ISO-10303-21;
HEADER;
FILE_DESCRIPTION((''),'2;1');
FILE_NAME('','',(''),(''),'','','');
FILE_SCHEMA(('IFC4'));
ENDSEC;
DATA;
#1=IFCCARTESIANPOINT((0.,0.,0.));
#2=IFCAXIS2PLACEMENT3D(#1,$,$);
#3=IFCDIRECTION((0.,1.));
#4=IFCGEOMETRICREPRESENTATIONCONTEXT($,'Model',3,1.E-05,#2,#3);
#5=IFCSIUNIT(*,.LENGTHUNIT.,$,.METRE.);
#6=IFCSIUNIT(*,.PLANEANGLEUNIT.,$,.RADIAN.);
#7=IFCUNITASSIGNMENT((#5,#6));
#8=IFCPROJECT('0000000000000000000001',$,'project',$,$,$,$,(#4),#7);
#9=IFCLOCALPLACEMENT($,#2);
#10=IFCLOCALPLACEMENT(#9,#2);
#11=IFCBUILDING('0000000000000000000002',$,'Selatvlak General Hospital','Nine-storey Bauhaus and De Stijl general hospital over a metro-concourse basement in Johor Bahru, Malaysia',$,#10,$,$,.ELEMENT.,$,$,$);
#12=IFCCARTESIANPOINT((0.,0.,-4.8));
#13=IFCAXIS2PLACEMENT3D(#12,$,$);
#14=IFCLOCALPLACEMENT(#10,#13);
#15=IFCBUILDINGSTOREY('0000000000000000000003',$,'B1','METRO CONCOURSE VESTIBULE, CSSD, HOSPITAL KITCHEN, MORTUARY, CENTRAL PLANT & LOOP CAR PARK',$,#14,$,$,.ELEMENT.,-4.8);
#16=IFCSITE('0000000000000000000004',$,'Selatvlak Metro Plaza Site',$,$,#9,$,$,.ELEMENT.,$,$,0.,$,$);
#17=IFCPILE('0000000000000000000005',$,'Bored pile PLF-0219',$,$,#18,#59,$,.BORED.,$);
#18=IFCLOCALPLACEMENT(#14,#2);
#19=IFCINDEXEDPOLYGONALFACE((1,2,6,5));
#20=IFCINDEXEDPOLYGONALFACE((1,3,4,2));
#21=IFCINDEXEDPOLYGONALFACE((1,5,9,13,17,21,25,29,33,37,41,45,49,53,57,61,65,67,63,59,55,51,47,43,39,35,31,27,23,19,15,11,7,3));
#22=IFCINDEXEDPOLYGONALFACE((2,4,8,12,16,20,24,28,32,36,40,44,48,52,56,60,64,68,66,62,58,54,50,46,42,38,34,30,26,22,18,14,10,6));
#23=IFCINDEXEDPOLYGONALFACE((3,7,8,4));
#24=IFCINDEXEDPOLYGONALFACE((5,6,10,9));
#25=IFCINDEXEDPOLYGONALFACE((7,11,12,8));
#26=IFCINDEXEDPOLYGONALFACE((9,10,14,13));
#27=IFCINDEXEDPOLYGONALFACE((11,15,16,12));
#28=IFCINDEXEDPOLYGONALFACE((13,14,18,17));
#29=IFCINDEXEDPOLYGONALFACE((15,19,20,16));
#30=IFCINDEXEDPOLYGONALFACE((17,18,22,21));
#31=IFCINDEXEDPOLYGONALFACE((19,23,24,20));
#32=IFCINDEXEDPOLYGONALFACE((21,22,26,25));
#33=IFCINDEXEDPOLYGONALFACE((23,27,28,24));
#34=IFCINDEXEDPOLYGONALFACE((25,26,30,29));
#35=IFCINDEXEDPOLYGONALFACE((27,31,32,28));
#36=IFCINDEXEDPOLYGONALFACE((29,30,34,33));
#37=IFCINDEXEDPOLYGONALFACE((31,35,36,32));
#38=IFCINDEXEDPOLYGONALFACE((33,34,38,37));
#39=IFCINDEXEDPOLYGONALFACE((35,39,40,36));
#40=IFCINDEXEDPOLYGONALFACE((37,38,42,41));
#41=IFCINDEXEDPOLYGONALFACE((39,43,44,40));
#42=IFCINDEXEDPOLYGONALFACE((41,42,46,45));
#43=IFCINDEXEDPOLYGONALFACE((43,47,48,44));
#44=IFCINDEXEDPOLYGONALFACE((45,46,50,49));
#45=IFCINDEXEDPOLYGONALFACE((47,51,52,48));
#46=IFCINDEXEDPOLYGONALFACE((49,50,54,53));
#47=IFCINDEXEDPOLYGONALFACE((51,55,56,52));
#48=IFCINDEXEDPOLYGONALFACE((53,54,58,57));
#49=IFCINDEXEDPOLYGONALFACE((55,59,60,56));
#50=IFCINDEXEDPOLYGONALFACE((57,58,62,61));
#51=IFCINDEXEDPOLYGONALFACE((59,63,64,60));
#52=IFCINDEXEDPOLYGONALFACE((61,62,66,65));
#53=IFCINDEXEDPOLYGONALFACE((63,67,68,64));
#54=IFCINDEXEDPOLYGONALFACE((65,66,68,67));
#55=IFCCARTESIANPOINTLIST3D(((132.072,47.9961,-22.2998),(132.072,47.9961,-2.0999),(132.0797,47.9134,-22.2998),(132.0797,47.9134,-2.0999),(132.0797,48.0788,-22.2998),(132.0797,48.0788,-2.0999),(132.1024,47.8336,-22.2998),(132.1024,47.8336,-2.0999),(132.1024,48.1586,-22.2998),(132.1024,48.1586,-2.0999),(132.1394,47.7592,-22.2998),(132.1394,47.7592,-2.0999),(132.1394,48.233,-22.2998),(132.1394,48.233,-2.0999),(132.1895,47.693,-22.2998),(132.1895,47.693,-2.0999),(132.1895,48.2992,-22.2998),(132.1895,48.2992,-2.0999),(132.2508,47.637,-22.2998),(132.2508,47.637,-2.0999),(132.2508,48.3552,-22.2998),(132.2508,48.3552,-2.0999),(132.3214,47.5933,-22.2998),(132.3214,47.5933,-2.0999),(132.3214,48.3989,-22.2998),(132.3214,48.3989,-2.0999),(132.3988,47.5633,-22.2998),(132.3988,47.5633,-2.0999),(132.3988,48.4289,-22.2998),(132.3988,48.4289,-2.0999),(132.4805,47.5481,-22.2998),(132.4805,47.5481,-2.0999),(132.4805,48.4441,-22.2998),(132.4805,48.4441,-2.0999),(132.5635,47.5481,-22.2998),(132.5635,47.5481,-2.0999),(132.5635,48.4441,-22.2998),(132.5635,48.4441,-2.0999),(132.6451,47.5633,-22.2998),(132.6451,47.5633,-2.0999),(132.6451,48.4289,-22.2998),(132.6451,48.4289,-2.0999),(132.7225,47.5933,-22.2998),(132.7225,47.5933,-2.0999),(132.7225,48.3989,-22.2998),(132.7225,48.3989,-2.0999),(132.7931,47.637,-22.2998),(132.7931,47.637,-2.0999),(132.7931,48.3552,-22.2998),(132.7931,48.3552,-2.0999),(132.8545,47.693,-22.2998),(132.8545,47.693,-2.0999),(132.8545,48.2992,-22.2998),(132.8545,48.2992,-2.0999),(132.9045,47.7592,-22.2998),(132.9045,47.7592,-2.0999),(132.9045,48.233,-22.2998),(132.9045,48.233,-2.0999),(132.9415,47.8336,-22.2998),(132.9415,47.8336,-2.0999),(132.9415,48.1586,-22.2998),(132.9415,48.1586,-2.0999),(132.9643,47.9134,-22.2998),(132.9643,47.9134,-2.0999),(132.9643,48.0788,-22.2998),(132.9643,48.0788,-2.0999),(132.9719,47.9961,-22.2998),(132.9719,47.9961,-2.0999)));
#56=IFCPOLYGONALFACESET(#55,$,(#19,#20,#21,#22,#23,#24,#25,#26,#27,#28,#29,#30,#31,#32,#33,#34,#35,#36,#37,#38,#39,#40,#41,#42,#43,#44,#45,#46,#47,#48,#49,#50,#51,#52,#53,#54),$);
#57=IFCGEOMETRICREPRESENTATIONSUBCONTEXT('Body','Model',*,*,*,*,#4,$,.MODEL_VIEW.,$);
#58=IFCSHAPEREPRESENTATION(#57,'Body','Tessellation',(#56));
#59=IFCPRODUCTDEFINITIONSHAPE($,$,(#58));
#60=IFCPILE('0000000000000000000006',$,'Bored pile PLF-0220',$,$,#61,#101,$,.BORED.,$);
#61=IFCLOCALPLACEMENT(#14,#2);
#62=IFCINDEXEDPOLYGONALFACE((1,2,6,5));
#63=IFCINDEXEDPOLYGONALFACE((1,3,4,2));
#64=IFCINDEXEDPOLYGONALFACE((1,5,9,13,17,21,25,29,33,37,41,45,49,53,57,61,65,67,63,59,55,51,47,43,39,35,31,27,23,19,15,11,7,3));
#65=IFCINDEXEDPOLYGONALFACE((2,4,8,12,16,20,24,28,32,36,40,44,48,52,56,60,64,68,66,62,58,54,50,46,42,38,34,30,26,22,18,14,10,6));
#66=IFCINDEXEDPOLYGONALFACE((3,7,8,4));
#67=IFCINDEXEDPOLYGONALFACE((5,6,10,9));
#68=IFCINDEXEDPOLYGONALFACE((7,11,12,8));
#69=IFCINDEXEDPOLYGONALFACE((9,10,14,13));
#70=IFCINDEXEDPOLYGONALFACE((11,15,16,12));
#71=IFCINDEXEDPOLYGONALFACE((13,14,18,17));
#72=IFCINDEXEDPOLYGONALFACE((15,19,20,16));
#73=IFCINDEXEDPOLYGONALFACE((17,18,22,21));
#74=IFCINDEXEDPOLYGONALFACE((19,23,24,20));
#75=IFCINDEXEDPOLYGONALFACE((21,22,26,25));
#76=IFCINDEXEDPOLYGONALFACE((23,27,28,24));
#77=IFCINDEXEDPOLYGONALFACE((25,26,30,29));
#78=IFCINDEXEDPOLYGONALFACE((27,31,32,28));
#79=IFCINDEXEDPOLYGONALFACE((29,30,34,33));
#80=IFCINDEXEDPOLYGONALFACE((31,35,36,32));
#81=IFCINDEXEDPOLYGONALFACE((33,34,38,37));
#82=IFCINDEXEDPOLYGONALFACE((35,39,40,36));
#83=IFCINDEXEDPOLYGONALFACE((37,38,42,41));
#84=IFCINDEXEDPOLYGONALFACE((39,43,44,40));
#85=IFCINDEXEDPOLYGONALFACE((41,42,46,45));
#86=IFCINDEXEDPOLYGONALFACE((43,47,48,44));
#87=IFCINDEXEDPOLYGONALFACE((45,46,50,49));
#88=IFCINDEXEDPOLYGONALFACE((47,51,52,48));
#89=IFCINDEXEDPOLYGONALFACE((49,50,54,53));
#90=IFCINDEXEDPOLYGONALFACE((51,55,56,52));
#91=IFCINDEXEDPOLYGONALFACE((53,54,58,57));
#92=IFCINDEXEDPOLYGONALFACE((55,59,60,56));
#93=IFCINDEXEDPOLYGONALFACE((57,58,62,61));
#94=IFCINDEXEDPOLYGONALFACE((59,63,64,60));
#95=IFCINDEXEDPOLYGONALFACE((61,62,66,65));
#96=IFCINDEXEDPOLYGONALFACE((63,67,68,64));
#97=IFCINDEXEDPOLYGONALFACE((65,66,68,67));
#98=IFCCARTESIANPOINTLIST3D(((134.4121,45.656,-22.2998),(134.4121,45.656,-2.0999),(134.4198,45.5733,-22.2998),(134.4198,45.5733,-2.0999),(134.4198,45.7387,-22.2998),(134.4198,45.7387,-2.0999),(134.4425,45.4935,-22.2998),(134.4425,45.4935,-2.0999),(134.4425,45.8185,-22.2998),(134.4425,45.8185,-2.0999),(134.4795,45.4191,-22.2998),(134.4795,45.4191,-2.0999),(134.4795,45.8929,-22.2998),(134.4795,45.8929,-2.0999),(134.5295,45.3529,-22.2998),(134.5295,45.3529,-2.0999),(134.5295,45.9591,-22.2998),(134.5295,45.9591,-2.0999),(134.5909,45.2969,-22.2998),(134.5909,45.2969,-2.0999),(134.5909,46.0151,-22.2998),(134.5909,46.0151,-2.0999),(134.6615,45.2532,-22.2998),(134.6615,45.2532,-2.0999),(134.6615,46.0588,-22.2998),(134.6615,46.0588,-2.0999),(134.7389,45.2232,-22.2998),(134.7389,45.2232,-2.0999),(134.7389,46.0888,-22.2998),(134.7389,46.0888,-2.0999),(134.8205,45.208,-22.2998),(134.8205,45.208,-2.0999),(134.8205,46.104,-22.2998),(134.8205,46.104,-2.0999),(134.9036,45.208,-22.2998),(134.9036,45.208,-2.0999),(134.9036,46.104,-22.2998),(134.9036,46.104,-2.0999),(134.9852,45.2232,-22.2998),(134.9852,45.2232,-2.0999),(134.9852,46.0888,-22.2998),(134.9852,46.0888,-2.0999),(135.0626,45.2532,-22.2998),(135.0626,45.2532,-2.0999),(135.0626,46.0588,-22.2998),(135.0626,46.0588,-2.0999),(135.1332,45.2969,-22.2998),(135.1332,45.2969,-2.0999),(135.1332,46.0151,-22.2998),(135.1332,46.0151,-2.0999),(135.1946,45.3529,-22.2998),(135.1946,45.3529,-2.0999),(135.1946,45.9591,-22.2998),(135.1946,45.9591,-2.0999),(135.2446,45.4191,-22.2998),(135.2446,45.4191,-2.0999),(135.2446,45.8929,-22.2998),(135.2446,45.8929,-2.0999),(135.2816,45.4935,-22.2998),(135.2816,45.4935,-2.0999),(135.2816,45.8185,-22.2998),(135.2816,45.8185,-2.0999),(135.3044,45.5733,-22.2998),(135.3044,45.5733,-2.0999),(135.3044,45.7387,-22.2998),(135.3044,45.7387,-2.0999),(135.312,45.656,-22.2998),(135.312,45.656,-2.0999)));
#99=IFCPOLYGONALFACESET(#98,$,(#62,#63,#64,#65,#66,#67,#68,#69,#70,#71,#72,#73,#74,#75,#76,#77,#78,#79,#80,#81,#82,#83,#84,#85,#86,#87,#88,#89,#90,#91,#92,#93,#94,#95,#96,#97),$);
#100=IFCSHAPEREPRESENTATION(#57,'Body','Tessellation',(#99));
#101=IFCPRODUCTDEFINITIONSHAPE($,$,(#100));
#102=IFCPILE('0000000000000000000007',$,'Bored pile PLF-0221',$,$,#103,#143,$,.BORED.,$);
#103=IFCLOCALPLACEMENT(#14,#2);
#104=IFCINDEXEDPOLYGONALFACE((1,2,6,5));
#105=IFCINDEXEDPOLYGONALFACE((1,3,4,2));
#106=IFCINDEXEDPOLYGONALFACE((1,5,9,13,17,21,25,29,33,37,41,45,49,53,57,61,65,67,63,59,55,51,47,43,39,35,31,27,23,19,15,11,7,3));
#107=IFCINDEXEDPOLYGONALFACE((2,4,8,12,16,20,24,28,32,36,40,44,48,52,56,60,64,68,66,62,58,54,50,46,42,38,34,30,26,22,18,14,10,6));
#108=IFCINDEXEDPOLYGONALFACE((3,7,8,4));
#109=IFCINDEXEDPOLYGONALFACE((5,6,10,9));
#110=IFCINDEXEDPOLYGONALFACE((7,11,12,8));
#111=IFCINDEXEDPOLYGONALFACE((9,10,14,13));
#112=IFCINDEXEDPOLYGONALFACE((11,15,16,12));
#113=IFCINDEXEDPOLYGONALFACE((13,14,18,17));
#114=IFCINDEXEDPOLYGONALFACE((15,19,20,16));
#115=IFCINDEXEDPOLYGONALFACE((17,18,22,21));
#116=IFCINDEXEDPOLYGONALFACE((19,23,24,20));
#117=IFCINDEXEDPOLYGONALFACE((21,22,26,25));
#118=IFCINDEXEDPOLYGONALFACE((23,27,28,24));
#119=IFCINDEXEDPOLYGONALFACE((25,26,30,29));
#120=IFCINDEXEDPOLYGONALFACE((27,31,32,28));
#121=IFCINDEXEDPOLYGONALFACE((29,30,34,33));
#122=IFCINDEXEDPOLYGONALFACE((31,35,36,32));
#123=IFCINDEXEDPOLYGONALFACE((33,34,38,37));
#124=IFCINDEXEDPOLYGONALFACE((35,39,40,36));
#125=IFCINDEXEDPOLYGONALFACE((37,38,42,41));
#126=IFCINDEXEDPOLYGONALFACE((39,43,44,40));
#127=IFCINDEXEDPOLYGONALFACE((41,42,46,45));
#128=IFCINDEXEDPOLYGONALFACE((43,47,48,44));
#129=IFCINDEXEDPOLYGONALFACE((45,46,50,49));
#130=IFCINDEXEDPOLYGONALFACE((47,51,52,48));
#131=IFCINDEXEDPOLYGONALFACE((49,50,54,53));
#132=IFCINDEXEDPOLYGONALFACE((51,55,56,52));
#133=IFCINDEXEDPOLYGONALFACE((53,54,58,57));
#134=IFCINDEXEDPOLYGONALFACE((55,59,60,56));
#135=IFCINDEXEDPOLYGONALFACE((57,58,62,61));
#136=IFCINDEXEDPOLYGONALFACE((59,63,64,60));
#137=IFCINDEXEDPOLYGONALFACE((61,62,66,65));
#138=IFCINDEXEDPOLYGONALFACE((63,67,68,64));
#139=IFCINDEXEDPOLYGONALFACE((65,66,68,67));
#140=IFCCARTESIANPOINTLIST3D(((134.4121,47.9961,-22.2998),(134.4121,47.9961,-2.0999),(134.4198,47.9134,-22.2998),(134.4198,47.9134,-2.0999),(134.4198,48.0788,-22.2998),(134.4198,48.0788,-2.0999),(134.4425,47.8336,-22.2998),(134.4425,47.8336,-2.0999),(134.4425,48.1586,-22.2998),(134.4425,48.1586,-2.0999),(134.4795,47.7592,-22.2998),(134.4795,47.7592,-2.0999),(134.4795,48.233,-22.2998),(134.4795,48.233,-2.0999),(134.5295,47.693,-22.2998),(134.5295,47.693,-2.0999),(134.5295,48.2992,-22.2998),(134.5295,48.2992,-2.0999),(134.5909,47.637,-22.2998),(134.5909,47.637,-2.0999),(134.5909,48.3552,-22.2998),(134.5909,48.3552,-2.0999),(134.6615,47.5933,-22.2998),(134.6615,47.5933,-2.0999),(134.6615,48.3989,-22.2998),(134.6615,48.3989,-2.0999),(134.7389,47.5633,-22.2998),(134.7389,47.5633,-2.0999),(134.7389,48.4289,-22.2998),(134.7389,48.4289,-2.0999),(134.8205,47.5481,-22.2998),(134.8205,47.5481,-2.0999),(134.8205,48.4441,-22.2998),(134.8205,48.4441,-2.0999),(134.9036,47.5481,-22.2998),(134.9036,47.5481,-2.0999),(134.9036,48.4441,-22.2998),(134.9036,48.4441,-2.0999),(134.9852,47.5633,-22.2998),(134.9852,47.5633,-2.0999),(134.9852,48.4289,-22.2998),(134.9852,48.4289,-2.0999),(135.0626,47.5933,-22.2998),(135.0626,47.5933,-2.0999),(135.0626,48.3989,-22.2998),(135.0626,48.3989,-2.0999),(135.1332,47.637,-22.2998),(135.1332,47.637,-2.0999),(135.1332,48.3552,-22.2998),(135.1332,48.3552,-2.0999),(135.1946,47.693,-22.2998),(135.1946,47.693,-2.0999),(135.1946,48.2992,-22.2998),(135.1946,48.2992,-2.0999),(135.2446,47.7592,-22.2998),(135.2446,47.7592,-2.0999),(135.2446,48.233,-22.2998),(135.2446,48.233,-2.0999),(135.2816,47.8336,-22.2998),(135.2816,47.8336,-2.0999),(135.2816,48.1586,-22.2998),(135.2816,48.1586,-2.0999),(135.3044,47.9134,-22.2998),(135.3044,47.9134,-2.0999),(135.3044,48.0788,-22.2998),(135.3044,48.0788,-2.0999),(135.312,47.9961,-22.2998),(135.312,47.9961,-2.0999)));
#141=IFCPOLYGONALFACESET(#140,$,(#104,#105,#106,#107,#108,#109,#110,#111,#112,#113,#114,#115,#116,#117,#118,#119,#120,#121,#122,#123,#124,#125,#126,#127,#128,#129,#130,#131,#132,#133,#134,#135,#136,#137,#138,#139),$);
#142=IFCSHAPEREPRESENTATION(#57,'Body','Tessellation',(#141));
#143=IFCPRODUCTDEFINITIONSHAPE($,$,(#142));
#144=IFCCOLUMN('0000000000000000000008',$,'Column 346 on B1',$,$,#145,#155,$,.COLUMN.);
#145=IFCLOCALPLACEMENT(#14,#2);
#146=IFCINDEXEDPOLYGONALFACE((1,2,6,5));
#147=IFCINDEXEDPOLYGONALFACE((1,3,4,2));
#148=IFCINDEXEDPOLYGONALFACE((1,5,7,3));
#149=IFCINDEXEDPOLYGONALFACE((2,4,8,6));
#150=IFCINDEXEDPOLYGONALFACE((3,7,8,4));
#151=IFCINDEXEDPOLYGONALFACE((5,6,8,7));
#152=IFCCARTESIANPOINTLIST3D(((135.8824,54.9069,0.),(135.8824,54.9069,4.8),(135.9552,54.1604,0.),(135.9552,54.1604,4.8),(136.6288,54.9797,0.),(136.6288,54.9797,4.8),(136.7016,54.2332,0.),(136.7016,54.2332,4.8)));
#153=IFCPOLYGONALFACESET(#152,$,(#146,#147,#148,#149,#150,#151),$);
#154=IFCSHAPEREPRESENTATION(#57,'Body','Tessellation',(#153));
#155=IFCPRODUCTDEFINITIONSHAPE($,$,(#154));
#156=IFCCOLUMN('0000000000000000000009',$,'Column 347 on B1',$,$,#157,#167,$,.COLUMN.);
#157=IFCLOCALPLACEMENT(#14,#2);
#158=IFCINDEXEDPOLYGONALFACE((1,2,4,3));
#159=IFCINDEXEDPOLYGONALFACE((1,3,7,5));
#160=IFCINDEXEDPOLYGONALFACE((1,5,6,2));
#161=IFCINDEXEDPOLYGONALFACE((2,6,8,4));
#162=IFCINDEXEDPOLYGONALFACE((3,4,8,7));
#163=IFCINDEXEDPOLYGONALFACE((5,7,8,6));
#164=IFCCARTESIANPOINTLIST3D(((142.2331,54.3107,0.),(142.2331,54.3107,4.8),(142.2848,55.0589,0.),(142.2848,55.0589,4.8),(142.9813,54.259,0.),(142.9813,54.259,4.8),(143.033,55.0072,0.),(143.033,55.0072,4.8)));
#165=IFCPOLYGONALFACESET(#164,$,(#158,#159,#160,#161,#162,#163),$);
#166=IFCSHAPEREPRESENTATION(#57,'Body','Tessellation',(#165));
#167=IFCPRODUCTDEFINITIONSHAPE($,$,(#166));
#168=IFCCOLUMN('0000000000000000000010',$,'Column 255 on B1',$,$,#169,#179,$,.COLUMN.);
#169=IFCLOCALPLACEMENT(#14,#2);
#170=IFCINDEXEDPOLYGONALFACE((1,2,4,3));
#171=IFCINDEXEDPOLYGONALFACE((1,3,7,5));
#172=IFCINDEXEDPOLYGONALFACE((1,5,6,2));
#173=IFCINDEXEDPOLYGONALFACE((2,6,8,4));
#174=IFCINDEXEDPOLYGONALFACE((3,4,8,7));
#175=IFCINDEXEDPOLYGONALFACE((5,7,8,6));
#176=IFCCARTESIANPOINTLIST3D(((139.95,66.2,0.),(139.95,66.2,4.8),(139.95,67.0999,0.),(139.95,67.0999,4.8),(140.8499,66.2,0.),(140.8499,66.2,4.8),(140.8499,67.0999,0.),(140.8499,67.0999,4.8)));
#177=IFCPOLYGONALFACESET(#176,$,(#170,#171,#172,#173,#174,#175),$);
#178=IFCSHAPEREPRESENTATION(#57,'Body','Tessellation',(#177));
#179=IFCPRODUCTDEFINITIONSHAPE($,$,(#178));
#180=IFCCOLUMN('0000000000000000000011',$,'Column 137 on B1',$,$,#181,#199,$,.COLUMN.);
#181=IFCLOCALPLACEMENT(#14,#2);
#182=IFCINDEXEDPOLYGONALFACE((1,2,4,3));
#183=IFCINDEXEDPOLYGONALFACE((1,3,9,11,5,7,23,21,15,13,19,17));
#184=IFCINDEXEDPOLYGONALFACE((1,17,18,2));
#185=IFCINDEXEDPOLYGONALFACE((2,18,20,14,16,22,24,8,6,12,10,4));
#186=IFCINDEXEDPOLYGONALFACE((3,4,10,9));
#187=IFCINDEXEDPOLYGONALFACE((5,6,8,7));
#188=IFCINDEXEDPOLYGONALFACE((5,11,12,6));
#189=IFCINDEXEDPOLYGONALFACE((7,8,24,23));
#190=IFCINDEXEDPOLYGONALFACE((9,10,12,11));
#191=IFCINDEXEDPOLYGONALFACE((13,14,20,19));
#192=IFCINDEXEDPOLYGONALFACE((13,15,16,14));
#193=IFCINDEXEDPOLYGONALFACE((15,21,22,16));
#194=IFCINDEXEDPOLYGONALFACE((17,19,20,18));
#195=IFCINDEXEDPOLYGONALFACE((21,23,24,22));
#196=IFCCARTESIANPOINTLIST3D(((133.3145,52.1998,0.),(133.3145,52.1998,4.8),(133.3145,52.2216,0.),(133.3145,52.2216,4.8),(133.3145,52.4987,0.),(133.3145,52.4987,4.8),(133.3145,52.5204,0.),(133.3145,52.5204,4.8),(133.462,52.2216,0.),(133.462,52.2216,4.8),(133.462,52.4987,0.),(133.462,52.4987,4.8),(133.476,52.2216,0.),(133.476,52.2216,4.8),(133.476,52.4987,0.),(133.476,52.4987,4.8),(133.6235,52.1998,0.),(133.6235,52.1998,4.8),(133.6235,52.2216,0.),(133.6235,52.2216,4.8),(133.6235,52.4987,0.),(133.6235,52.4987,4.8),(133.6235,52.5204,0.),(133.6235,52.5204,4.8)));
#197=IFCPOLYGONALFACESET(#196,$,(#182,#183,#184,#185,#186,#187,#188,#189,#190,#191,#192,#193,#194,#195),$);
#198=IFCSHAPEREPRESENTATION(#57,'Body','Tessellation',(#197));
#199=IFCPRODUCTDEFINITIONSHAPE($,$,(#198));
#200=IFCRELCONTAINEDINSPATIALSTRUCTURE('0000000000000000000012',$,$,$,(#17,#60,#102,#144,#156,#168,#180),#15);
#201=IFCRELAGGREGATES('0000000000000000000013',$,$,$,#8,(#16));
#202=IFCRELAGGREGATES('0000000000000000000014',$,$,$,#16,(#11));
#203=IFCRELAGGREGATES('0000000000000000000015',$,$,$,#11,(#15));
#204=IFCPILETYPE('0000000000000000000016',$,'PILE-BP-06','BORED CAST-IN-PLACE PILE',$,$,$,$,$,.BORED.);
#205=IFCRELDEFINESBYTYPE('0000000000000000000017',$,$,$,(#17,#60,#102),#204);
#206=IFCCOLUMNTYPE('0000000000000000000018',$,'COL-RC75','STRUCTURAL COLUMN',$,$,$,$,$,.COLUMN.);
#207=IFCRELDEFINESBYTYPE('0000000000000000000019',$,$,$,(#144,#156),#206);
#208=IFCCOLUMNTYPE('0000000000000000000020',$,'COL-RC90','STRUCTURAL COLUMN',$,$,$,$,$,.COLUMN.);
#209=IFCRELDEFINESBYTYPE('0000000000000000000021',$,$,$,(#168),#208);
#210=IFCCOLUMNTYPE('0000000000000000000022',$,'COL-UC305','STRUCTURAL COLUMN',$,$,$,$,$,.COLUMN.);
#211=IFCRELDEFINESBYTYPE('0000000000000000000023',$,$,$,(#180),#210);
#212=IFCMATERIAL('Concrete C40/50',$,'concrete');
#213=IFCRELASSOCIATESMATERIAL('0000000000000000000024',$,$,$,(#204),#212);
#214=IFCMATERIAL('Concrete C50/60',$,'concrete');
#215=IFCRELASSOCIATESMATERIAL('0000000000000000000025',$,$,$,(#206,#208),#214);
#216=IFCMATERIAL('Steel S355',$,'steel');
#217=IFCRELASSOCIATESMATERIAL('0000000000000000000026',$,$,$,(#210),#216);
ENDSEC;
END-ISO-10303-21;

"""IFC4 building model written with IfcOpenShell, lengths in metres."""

from ifc_helpers import new_model, si_unit, direction, frame, origin, origin_2d, place, context, subcontext, project, spatial, rectangle, circle, i_section, extrude, material, material_profile, profile_set, type_object, element, save


model = new_model("IFC4")

# Units and contexts
model_context = context("Model", 3, precision=1e-05, world=origin(), true_north=direction((0.0, 1.0)))
body_context = subcontext(model_context, "Body", "Model", "MODEL_VIEW")
ifc_project = project(units=[si_unit("LENGTHUNIT", "METRE"), si_unit("PLANEANGLEUNIT", "RADIAN")], contexts=[model_context])

# Site, building, storey
site_placement = place(None, origin())
site = spatial("IfcSite", under=ifc_project, at=site_placement, Name="Selatvlak Metro Plaza Site", CompositionType="ELEMENT", RefElevation=0.0)
building_placement = place(site_placement, origin())
building = spatial("IfcBuilding", under=site, at=building_placement, Name="Selatvlak General Hospital", Description="Nine-storey Bauhaus and De Stijl general hospital over a metro-concourse basement in Johor Bahru, Malaysia", CompositionType="ELEMENT")
storey_placement = place(building_placement, frame((0.0, 0.0, -4.8)))
storey = spatial("IfcBuildingStorey", under=building, at=storey_placement, Name="B1", Description="METRO CONCOURSE VESTIBULE, CSSD, HOSPITAL KITCHEN, MORTUARY, CENTRAL PLANT & LOOP CAR PARK", CompositionType="ELEMENT", Elevation=-4.8)

# Shared definitions
ifc_material_1 = material(Name="Concrete C40/50", Category="concrete")

# Piles
ifc_material_profile_1 = material_profile(ifc_material_1, circle(Radius=0.45, at=origin_2d()), Name="BORED PILE 900")
ifc_profile_set_1 = profile_set([ifc_material_profile_1], Name="Concrete C40/50")
pile_type_1 = type_object("IfcPileType", Name="PILE-BP-06", Description="BORED CAST-IN-PLACE PILE", PredefinedType="BORED", material=ifc_profile_set_1)
for number, where, z_axis, x_axis, name in (
    (1, (132.522, 47.9961, -2.0999), (0.0, 0.0, -1.0), (1.0, 0.0, 0.0), "Bored pile PLF-0219"),
    (2, (134.8621, 45.656, -2.0999), (0.0, 0.0, -1.0), (1.0, 0.0, 0.0), "Bored pile PLF-0220"),
    (3, (134.8621, 47.9961, -2.0999), (0.0, 0.0, -1.0), (1.0, 0.0, 0.0), "Bored pile PLF-0221"),
):
    element("IfcPile", number, at=place(storey_placement, frame(where, z_axis=z_axis, x_axis=x_axis)), inside=storey, type_object=pile_type_1, Name=name, PredefinedType="BORED", context=body_context, shape_type="SweptSolid", body=[
        extrude(circle(Radius=0.45, at=origin_2d()), origin(), (0.0, 0.0, 1.0), 20.2),
    ])

# Columns
ifc_material_2 = material(Name="Concrete C50/60", Category="concrete")
ifc_material_profile_2 = material_profile(ifc_material_2, rectangle(XDim=0.75, YDim=0.75, at=origin_2d()), Name="RC-COL 750x750")
ifc_profile_set_2 = profile_set([ifc_material_profile_2], Name="Concrete C50/60")
column_type_1 = type_object("IfcColumnType", Name="COL-RC75", Description="STRUCTURAL COLUMN", PredefinedType="COLUMN", material=ifc_profile_set_2)
for number, where, z_axis, x_axis, name in (
    (4, (136.292, 54.5701, 0.0), (0.0, 0.0, 1.0), (-0.097062, 0.995278, 0.0), "Column 346 on B1"),
    (5, (142.6331, 54.6589, 0.0), (0.0, 0.0, 1.0), (0.068938, 0.997621, 0.0), "Column 347 on B1"),
):
    element("IfcColumn", number, at=place(storey_placement, frame(where, z_axis=z_axis, x_axis=x_axis)), inside=storey, type_object=column_type_1, Name=name, PredefinedType="COLUMN", context=body_context, shape_type="SweptSolid", body=[
        extrude(rectangle(XDim=0.75, YDim=0.75, at=origin_2d()), origin(), (0.0, 0.0, 1.0), 4.8),
    ])
ifc_material_profile_3 = material_profile(ifc_material_2, rectangle(XDim=0.8999, YDim=0.8999, at=origin_2d()), Name="RC-COL 900x900")
ifc_profile_set_3 = profile_set([ifc_material_profile_3], Name="Concrete C50/60")
column_type_2 = type_object("IfcColumnType", Name="COL-RC90", Description="STRUCTURAL COLUMN", PredefinedType="COLUMN", material=ifc_profile_set_3)
column_placement = place(storey_placement, frame((140.3999, 66.6499, 0.0), z_axis=(0.0, 0.0, 1.0), x_axis=(1.0, 0.0, 0.0)))
element("IfcColumn", 6, at=column_placement, inside=storey, type_object=column_type_2, Name="Column 255 on B1", PredefinedType="COLUMN", context=body_context, shape_type="SweptSolid", body=[
    extrude(rectangle(XDim=0.8999, YDim=0.8999, at=origin_2d()), origin(), (0.0, 0.0, 1.0), 4.8),
])
ifc_material_3 = material(Name="Steel S355", Category="steel")
ifc_material_profile_4 = material_profile(ifc_material_3, i_section(OverallWidth=0.3091, OverallDepth=0.3206, WebThickness=0.0139, FlangeThickness=0.0217, at=origin_2d()), Name="UC 305x305x137")
ifc_profile_set_4 = profile_set([ifc_material_profile_4], Name="Steel S355")
column_type_3 = type_object("IfcColumnType", Name="COL-UC305", Description="STRUCTURAL COLUMN", PredefinedType="COLUMN", material=ifc_profile_set_4)
for number, where, z_axis, x_axis, name in (
    (7, (133.469, 52.3601, 0.0), (0.0, 0.0, 1.0), (1.0, 0.0, 0.0), "Column 137 on B1"),
):
    element("IfcColumn", number, at=place(storey_placement, frame(where, z_axis=z_axis, x_axis=x_axis)), inside=storey, type_object=column_type_3, Name=name, PredefinedType="COLUMN", context=body_context, shape_type="SweptSolid", body=[
        extrude(i_section(OverallWidth=0.3091, OverallDepth=0.3206, WebThickness=0.0139, FlangeThickness=0.0217, at=origin_2d()), origin(), (0.0, 0.0, 1.0), 4.8),
    ])

save(model, "model.ifc")
